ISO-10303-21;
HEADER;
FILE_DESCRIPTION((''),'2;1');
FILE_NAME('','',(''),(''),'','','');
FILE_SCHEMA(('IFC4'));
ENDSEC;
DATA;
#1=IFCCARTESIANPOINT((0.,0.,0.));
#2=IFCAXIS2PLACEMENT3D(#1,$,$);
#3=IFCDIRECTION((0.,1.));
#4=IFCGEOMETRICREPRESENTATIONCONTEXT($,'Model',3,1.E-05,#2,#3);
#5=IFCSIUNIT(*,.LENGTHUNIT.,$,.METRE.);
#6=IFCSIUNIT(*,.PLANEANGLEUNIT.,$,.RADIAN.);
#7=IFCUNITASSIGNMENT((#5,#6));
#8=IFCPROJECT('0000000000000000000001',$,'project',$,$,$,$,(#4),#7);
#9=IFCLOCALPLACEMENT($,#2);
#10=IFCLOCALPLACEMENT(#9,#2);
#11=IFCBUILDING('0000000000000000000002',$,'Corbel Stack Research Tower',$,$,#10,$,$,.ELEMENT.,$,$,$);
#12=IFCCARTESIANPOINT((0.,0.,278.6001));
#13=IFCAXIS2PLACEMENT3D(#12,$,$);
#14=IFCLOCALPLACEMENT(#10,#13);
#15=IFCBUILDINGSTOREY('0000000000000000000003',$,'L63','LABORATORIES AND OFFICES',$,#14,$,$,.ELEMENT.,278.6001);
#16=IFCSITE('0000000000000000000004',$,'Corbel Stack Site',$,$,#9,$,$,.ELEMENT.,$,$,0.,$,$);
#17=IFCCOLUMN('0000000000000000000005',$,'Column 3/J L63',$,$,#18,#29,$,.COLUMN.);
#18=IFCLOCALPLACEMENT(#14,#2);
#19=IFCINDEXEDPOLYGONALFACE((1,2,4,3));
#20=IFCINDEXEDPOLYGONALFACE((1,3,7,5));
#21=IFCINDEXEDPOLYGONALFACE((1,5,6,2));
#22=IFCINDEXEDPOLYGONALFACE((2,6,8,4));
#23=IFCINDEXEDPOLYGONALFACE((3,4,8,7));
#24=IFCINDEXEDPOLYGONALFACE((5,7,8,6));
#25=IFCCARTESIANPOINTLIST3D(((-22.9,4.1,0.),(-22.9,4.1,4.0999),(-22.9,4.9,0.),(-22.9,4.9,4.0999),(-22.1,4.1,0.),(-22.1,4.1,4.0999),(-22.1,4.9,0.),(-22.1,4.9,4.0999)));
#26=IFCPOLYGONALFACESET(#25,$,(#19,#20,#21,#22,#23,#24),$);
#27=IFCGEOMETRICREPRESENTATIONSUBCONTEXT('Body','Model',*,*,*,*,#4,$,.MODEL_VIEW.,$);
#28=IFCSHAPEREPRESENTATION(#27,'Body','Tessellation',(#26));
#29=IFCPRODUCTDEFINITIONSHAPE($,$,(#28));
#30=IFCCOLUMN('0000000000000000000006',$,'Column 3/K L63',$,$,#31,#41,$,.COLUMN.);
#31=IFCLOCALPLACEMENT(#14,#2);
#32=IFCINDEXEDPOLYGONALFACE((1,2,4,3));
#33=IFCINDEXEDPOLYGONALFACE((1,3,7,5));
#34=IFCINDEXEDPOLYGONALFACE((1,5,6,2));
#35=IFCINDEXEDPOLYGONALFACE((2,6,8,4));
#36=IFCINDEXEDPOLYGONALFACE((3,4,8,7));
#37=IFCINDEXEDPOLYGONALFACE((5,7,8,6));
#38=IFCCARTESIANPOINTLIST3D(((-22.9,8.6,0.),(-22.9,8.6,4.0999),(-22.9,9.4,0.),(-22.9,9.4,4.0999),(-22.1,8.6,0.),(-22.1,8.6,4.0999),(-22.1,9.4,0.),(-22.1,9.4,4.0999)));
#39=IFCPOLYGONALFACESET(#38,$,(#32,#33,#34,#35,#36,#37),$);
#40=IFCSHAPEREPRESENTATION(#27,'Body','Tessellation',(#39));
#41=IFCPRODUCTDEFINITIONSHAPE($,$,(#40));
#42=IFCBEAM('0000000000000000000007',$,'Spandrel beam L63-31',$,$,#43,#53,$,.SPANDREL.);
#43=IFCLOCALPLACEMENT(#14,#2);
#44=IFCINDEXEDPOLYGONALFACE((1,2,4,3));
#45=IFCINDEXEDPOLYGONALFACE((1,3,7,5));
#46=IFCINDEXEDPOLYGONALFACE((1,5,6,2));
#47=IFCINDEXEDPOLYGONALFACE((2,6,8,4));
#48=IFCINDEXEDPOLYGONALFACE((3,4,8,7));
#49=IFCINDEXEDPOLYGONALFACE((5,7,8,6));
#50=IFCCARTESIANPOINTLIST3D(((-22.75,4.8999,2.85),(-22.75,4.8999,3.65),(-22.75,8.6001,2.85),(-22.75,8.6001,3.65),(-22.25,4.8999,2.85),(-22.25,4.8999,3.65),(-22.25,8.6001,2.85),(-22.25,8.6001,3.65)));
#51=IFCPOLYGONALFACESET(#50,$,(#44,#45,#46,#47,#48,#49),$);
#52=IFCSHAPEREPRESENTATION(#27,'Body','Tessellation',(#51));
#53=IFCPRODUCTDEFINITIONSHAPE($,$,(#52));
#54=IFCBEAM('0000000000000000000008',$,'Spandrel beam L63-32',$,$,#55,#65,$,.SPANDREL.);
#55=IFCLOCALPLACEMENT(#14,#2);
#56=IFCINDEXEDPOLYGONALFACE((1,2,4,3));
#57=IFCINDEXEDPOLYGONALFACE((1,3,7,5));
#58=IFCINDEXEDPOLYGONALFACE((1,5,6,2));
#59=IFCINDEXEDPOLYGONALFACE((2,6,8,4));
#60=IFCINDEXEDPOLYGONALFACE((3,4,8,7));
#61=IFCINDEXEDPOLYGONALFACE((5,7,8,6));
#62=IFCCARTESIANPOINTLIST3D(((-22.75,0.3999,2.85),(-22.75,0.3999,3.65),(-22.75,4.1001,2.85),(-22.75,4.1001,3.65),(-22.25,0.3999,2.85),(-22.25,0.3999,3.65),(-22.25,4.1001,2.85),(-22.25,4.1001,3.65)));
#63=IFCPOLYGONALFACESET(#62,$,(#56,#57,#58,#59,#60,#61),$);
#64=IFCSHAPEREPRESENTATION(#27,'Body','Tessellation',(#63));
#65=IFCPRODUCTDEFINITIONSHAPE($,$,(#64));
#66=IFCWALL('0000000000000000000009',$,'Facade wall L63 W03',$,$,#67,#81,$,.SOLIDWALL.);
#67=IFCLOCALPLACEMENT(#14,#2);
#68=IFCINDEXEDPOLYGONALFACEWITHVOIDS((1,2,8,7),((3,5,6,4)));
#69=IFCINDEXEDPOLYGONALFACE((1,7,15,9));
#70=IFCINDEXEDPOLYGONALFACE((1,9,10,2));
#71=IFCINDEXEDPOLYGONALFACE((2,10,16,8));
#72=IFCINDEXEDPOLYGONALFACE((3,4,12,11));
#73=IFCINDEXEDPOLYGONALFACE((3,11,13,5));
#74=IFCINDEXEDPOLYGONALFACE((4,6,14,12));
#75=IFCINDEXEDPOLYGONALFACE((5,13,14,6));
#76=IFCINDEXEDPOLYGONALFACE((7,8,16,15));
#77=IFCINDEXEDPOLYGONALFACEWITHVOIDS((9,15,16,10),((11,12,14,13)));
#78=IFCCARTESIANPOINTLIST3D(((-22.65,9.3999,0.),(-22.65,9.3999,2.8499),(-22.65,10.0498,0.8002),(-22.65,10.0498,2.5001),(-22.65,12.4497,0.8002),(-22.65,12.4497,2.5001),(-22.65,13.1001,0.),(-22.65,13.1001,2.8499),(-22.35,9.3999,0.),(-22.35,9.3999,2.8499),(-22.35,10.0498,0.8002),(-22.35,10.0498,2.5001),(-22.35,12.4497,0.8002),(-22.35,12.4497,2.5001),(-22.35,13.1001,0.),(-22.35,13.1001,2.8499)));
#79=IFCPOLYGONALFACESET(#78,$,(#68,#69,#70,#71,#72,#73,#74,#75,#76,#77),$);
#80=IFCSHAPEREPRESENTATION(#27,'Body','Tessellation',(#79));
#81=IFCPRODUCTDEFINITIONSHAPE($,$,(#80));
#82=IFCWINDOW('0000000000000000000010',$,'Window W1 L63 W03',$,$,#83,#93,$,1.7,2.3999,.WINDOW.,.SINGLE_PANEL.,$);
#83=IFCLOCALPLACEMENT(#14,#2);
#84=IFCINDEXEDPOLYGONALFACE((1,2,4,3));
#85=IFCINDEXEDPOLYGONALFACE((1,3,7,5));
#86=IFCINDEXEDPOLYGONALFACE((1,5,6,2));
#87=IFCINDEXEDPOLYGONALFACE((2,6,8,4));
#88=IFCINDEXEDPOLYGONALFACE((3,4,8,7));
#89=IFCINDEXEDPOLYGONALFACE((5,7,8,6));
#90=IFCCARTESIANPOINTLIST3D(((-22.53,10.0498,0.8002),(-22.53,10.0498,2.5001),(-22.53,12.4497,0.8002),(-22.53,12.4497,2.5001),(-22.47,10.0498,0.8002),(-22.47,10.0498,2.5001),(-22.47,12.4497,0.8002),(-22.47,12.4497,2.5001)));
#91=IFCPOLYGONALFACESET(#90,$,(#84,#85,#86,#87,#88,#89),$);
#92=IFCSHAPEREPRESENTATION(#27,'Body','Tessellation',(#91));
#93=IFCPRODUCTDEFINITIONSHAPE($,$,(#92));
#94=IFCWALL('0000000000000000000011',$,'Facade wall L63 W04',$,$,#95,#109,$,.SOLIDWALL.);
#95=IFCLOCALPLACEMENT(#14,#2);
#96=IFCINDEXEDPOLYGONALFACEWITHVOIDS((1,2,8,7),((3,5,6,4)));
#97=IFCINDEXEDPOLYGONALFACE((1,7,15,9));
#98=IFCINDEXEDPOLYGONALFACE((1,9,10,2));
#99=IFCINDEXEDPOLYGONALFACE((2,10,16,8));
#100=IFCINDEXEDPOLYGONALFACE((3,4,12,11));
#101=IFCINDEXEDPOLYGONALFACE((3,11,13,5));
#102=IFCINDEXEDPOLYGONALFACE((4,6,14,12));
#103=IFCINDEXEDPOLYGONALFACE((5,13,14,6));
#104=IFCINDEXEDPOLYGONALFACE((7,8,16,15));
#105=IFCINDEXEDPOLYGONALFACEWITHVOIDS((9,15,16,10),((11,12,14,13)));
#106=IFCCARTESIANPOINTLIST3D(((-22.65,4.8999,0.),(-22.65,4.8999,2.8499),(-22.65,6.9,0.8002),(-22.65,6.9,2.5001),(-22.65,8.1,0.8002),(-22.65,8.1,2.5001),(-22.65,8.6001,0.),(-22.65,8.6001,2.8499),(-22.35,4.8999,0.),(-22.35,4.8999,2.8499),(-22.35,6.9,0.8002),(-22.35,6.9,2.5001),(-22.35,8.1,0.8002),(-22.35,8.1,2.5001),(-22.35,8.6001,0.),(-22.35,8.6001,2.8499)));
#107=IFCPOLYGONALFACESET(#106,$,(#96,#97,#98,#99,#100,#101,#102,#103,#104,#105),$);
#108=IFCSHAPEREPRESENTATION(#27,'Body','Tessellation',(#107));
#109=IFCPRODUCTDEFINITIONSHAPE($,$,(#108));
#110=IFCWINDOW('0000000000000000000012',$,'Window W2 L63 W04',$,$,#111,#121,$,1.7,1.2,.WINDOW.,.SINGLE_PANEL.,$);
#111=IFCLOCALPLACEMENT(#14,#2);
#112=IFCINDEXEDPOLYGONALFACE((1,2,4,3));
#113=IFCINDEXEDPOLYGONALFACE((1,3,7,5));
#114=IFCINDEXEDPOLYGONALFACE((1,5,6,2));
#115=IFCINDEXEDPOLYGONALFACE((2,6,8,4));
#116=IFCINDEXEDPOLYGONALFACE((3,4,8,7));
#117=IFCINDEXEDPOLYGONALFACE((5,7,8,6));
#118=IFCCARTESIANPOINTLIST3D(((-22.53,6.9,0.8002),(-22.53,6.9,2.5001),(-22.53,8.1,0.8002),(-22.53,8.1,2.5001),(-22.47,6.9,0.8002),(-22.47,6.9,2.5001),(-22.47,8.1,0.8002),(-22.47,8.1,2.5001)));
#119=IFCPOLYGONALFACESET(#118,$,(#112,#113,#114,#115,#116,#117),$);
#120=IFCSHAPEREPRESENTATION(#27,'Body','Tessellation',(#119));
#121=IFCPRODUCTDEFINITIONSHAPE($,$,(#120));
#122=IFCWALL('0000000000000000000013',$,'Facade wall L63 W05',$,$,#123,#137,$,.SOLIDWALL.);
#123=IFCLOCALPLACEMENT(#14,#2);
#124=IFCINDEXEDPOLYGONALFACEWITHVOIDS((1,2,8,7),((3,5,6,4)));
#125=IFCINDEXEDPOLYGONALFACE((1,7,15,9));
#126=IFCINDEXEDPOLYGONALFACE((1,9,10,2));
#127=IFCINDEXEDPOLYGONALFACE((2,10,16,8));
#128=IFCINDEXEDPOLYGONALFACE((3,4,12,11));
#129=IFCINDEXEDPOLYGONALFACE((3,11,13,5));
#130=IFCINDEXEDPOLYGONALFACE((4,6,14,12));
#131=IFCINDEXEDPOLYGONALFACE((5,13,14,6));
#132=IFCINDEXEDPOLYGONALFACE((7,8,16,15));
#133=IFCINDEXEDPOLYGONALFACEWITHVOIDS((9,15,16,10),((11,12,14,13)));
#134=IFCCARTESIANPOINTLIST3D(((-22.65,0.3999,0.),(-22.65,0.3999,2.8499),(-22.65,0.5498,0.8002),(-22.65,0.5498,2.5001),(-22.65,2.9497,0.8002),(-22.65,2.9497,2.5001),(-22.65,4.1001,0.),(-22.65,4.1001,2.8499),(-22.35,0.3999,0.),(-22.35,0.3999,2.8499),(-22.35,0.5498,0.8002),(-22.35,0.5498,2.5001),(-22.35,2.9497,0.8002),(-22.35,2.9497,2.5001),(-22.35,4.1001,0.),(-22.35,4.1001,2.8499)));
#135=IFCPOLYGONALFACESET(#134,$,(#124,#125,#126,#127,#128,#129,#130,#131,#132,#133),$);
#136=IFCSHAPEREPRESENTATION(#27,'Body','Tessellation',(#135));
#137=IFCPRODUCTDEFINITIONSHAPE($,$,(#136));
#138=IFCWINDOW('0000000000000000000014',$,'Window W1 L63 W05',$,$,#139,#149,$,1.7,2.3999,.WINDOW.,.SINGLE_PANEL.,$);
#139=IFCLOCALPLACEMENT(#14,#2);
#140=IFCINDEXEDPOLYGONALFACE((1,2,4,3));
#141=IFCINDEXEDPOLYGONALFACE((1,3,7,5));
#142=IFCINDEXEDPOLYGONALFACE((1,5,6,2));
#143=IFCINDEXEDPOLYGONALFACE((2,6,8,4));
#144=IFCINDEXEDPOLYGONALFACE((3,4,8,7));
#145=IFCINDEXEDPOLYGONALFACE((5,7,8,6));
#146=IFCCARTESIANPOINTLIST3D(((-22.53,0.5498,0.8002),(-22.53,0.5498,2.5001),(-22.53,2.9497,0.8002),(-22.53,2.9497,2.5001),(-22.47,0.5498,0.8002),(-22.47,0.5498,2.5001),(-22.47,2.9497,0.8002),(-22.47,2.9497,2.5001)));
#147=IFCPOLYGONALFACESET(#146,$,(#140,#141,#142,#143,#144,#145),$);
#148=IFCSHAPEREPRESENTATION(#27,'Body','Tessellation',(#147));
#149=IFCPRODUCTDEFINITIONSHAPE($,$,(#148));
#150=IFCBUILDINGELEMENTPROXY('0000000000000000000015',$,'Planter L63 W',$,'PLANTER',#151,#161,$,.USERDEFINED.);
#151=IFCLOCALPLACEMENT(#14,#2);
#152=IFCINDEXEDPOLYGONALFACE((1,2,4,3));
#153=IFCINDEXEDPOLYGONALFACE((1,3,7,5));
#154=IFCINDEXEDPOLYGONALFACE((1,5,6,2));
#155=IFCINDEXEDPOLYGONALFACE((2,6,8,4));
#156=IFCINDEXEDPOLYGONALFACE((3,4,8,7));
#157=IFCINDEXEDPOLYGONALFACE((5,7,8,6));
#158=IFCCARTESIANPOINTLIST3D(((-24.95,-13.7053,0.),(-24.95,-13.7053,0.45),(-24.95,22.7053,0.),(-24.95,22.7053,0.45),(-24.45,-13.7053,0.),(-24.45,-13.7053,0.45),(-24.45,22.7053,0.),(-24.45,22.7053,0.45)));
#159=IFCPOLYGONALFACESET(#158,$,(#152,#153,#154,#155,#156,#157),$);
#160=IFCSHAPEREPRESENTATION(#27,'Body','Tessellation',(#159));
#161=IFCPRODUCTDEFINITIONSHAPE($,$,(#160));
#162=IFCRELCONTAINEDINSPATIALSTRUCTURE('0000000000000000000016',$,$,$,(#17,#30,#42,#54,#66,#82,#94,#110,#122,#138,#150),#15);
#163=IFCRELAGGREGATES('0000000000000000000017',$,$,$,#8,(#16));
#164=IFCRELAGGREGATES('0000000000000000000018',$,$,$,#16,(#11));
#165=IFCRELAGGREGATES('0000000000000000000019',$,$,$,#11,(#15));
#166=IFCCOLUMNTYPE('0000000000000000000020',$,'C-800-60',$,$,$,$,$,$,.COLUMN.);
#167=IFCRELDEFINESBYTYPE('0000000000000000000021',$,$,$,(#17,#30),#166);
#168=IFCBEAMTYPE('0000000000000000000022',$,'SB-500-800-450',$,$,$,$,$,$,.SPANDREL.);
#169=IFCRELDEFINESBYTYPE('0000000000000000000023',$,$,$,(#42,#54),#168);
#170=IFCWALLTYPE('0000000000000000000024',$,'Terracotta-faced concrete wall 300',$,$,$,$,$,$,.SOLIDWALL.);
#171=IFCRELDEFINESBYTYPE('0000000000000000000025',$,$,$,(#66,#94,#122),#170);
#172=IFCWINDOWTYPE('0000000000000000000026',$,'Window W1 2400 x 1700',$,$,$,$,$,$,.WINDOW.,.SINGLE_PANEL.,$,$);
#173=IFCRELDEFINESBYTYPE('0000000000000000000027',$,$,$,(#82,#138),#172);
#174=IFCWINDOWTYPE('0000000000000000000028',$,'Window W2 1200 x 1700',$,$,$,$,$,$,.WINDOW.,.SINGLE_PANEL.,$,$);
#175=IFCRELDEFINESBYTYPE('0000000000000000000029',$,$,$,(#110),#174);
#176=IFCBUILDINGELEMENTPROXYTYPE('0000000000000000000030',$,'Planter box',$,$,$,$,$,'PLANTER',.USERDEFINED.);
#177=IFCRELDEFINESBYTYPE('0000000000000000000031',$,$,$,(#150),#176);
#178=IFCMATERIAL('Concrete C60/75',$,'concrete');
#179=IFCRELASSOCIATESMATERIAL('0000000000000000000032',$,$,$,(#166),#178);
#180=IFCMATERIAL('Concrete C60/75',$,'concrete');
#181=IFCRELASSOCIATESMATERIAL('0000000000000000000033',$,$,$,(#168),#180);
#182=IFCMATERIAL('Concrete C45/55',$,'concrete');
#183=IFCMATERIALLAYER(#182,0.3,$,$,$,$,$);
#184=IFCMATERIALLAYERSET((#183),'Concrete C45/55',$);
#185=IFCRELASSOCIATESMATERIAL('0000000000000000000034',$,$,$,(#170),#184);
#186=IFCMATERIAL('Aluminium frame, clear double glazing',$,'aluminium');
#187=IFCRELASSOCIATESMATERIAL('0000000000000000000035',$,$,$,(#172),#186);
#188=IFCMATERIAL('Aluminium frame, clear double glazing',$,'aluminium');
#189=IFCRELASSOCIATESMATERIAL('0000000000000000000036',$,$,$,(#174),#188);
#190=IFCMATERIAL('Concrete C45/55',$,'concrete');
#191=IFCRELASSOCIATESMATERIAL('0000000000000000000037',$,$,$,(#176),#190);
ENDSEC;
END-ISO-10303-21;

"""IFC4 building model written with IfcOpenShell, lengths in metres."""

from ifc_helpers import new_model, si_unit, direction, frame, frame_2d, origin, origin_2d, place, context, subcontext, project, spatial, rectangle, extrude, material, layer, layer_set, material_profile, profile_set, type_object, element, fill, save


model = new_model("IFC4")

# Units and contexts
model_context = context("Model", 3, precision=1e-05, world=origin(), true_north=direction((0.0, 1.0)))
body_context = subcontext(model_context, "Body", "Model", "MODEL_VIEW")
ifc_project = project(units=[si_unit("LENGTHUNIT", "METRE"), si_unit("PLANEANGLEUNIT", "RADIAN")], contexts=[model_context])

# Site, building, storey
site_placement = place(None, origin())
site = spatial("IfcSite", under=ifc_project, at=site_placement, Name="Corbel Stack Site", CompositionType="ELEMENT", RefElevation=0.0)
building_placement = place(site_placement, origin())
building = spatial("IfcBuilding", under=site, at=building_placement, Name="Corbel Stack Research Tower", CompositionType="ELEMENT")
storey_placement = place(building_placement, frame((0.0, 0.0, 278.6001)))
storey = spatial("IfcBuildingStorey", under=building, at=storey_placement, Name="L63", Description="LABORATORIES AND OFFICES", CompositionType="ELEMENT", Elevation=278.6001)

# Columns
ifc_material_1 = material(Name="Concrete C60/75", Category="concrete")
ifc_material_profile_1 = material_profile(ifc_material_1, rectangle(XDim=0.8, YDim=0.8, at=origin_2d()), Name="RC 800 x 800")
ifc_profile_set_1 = profile_set([ifc_material_profile_1], Name="Concrete C60/75")
column_type = type_object("IfcColumnType", Name="C-800-60", PredefinedType="COLUMN", material=ifc_profile_set_1)
for number, where, z_axis, x_axis, name in (
    (1, (-22.5, 4.5, 0.0), (0.0, 0.0, 1.0), (1.0, 0.0, 0.0), "Column 3/J L63"),
    (2, (-22.5, 9.0, 0.0), (0.0, 0.0, 1.0), (1.0, 0.0, 0.0), "Column 3/K L63"),
):
    element("IfcColumn", number, at=place(storey_placement, frame(where, z_axis=z_axis, x_axis=x_axis)), inside=storey, type_object=column_type, Name=name, PredefinedType="COLUMN", context=body_context, shape_type="SweptSolid", body=[
        extrude(rectangle(XDim=0.8, YDim=0.8, at=origin_2d()), origin(), (0.0, 0.0, 1.0), 4.0999),
    ])

# Beams
ifc_material_2 = material(Name="Concrete C60/75", Category="concrete")
ifc_material_profile_2 = material_profile(ifc_material_2, rectangle(XDim=0.5, YDim=0.8, at=origin_2d()), Name="RC 500 x 800")
ifc_profile_set_2 = profile_set([ifc_material_profile_2], Name="Concrete C60/75")
beam_type = type_object("IfcBeamType", Name="SB-500-800-450", PredefinedType="SPANDREL", material=ifc_profile_set_2)
for number, where, z_axis, x_axis, name in (
    (3, (-22.5, 8.6001, 3.25), (0.0, -1.0, 0.0), (1.0, 0.0, 0.0), "Spandrel beam L63-31"),
    (4, (-22.5, 4.1001, 3.25), (0.0, -1.0, 0.0), (1.0, 0.0, 0.0), "Spandrel beam L63-32"),
):
    element("IfcBeam", number, at=place(storey_placement, frame(where, z_axis=z_axis, x_axis=x_axis)), inside=storey, type_object=beam_type, Name=name, PredefinedType="SPANDREL", context=body_context, shape_type="SweptSolid", body=[
        extrude(rectangle(XDim=0.5, YDim=0.8, at=origin_2d()), origin(), (0.0, 0.0, 1.0), 3.7002),
    ])

# Walls, openings, windows
ifc_material_3 = material(Name="Concrete C45/55", Category="concrete")
ifc_layer = layer(ifc_material_3, 0.3)
ifc_layer_set = layer_set([ifc_layer], Name="Concrete C45/55")
wall_type = type_object("IfcWallType", Name="Terracotta-faced concrete wall 300", PredefinedType="SOLIDWALL", material=ifc_layer_set)
wall_1_placement = place(storey_placement, frame((-22.5, 9.3999, 0.0), z_axis=(0.0, 0.0, 1.0), x_axis=(0.0, 1.0, 0.0)))
wall_1 = element("IfcWall", 5, at=wall_1_placement, inside=storey, type_object=wall_type, Name="Facade wall L63 W03", PredefinedType="SOLIDWALL", context=body_context, shape_type="SweptSolid", body=[
    extrude(rectangle(XDim=3.7002, YDim=0.3, at=frame_2d((1.8501, 0.0))), origin(), (0.0, 0.0, 1.0), 2.8499),
])
opening_1_placement = place(wall_1_placement, frame((0.6499, 0.0, 0.8)))
opening_1 = element("IfcOpeningElement", 6, at=opening_1_placement, cuts=wall_1, PredefinedType="OPENING", context=body_context, shape_type="SweptSolid", body=[
    extrude(rectangle(XDim=2.3999, YDim=1.7, at=frame_2d((1.2, 0.8501))), frame((0.0, 0.1599, 0.0), z_axis=(0.0, -1.0, 0.0), x_axis=(1.0, 0.0, 0.0)), (0.0, 0.0, 1.0), 0.3201),
])
ifc_material_4 = material(Name="Aluminium frame, clear double glazing", Category="aluminium")
window_type_1 = type_object("IfcWindowType", Name="Window W1 2400 x 1700", PartitioningType="SINGLE_PANEL", PredefinedType="WINDOW", material=ifc_material_4)
window_1_placement = place(opening_1_placement, origin())
window_1 = element("IfcWindow", 7, at=window_1_placement, inside=storey, type_object=window_type_1, Name="Window W1 L63 W03", OverallHeight=1.7, OverallWidth=2.3999, PartitioningType="SINGLE_PANEL", PredefinedType="WINDOW", context=body_context, shape_type="SweptSolid", body=[
    extrude(rectangle(XDim=2.3999, YDim=1.7, at=frame_2d((1.2, 0.8501))), frame((0.0, 0.03, 0.0), z_axis=(0.0, -1.0, 0.0), x_axis=(1.0, 0.0, 0.0)), (0.0, 0.0, 1.0), 0.0601),
])
fill(opening_1, window_1)
wall_2_placement = place(storey_placement, frame((-22.5, 4.8999, 0.0), z_axis=(0.0, 0.0, 1.0), x_axis=(0.0, 1.0, 0.0)))
wall_2 = element("IfcWall", 8, at=wall_2_placement, inside=storey, type_object=wall_type, Name="Facade wall L63 W04", PredefinedType="SOLIDWALL", context=body_context, shape_type="SweptSolid", body=[
    extrude(rectangle(XDim=3.7002, YDim=0.3, at=frame_2d((1.8501, 0.0))), origin(), (0.0, 0.0, 1.0), 2.8499),
])
opening_2_placement = place(wall_2_placement, frame((2.0, 0.0, 0.8)))
opening_2 = element("IfcOpeningElement", 9, at=opening_2_placement, cuts=wall_2, PredefinedType="OPENING", context=body_context, shape_type="SweptSolid", body=[
    extrude(rectangle(XDim=1.2, YDim=1.7, at=frame_2d((0.6001, 0.8501))), frame((0.0, 0.1599, 0.0), z_axis=(0.0, -1.0, 0.0), x_axis=(1.0, 0.0, 0.0)), (0.0, 0.0, 1.0), 0.3201),
])
ifc_material_5 = material(Name="Aluminium frame, clear double glazing", Category="aluminium")
window_type_2 = type_object("IfcWindowType", Name="Window W2 1200 x 1700", PartitioningType="SINGLE_PANEL", PredefinedType="WINDOW", material=ifc_material_5)
window_2_placement = place(opening_2_placement, origin())
window_2 = element("IfcWindow", 10, at=window_2_placement, inside=storey, type_object=window_type_2, Name="Window W2 L63 W04", OverallHeight=1.7, OverallWidth=1.2, PartitioningType="SINGLE_PANEL", PredefinedType="WINDOW", context=body_context, shape_type="SweptSolid", body=[
    extrude(rectangle(XDim=1.2, YDim=1.7, at=frame_2d((0.6001, 0.8501))), frame((0.0, 0.03, 0.0), z_axis=(0.0, -1.0, 0.0), x_axis=(1.0, 0.0, 0.0)), (0.0, 0.0, 1.0), 0.0601),
])
fill(opening_2, window_2)
wall_3_placement = place(storey_placement, frame((-22.5, 0.3999, 0.0), z_axis=(0.0, 0.0, 1.0), x_axis=(0.0, 1.0, 0.0)))
wall_3 = element("IfcWall", 11, at=wall_3_placement, inside=storey, type_object=wall_type, Name="Facade wall L63 W05", PredefinedType="SOLIDWALL", context=body_context, shape_type="SweptSolid", body=[
    extrude(rectangle(XDim=3.7002, YDim=0.3, at=frame_2d((1.8501, 0.0))), origin(), (0.0, 0.0, 1.0), 2.8499),
])
opening_3_placement = place(wall_3_placement, frame((0.1499, 0.0, 0.8)))
opening_3 = element("IfcOpeningElement", 12, at=opening_3_placement, cuts=wall_3, PredefinedType="OPENING", context=body_context, shape_type="SweptSolid", body=[
    extrude(rectangle(XDim=2.3999, YDim=1.7, at=frame_2d((1.2, 0.8501))), frame((0.0, 0.1599, 0.0), z_axis=(0.0, -1.0, 0.0), x_axis=(1.0, 0.0, 0.0)), (0.0, 0.0, 1.0), 0.3201),
])
window_3_placement = place(opening_3_placement, origin())
window_3 = element("IfcWindow", 13, at=window_3_placement, inside=storey, type_object=window_type_1, Name="Window W1 L63 W05", OverallHeight=1.7, OverallWidth=2.3999, PartitioningType="SINGLE_PANEL", PredefinedType="WINDOW", context=body_context, shape_type="SweptSolid", body=[
    extrude(rectangle(XDim=2.3999, YDim=1.7, at=frame_2d((1.2, 0.8501))), frame((0.0, 0.03, 0.0), z_axis=(0.0, -1.0, 0.0), x_axis=(1.0, 0.0, 0.0)), (0.0, 0.0, 1.0), 0.0601),
])
fill(opening_3, window_3)

# Building element proxy
ifc_material_6 = material(Name="Concrete C45/55", Category="concrete")
building_element_proxy_type = type_object("IfcBuildingElementProxyType", Name="Planter box", ElementType="PLANTER", PredefinedType="USERDEFINED", material=ifc_material_6)
proxy_placement = place(storey_placement, frame((-24.7, 4.5, 0.0), z_axis=(0.0, 0.0, 1.0), x_axis=(0.0, -1.0, 0.0)))
element("IfcBuildingElementProxy", 14, at=proxy_placement, inside=storey, type_object=building_element_proxy_type, Name="Planter L63 W", ObjectType="PLANTER", PredefinedType="USERDEFINED", context=body_context, shape_type="SweptSolid", body=[
    extrude(rectangle(XDim=36.4106, YDim=0.5, at=origin_2d()), origin(), (0.0, 0.0, 1.0), 0.45),
])

save(model, "model.ifc")
